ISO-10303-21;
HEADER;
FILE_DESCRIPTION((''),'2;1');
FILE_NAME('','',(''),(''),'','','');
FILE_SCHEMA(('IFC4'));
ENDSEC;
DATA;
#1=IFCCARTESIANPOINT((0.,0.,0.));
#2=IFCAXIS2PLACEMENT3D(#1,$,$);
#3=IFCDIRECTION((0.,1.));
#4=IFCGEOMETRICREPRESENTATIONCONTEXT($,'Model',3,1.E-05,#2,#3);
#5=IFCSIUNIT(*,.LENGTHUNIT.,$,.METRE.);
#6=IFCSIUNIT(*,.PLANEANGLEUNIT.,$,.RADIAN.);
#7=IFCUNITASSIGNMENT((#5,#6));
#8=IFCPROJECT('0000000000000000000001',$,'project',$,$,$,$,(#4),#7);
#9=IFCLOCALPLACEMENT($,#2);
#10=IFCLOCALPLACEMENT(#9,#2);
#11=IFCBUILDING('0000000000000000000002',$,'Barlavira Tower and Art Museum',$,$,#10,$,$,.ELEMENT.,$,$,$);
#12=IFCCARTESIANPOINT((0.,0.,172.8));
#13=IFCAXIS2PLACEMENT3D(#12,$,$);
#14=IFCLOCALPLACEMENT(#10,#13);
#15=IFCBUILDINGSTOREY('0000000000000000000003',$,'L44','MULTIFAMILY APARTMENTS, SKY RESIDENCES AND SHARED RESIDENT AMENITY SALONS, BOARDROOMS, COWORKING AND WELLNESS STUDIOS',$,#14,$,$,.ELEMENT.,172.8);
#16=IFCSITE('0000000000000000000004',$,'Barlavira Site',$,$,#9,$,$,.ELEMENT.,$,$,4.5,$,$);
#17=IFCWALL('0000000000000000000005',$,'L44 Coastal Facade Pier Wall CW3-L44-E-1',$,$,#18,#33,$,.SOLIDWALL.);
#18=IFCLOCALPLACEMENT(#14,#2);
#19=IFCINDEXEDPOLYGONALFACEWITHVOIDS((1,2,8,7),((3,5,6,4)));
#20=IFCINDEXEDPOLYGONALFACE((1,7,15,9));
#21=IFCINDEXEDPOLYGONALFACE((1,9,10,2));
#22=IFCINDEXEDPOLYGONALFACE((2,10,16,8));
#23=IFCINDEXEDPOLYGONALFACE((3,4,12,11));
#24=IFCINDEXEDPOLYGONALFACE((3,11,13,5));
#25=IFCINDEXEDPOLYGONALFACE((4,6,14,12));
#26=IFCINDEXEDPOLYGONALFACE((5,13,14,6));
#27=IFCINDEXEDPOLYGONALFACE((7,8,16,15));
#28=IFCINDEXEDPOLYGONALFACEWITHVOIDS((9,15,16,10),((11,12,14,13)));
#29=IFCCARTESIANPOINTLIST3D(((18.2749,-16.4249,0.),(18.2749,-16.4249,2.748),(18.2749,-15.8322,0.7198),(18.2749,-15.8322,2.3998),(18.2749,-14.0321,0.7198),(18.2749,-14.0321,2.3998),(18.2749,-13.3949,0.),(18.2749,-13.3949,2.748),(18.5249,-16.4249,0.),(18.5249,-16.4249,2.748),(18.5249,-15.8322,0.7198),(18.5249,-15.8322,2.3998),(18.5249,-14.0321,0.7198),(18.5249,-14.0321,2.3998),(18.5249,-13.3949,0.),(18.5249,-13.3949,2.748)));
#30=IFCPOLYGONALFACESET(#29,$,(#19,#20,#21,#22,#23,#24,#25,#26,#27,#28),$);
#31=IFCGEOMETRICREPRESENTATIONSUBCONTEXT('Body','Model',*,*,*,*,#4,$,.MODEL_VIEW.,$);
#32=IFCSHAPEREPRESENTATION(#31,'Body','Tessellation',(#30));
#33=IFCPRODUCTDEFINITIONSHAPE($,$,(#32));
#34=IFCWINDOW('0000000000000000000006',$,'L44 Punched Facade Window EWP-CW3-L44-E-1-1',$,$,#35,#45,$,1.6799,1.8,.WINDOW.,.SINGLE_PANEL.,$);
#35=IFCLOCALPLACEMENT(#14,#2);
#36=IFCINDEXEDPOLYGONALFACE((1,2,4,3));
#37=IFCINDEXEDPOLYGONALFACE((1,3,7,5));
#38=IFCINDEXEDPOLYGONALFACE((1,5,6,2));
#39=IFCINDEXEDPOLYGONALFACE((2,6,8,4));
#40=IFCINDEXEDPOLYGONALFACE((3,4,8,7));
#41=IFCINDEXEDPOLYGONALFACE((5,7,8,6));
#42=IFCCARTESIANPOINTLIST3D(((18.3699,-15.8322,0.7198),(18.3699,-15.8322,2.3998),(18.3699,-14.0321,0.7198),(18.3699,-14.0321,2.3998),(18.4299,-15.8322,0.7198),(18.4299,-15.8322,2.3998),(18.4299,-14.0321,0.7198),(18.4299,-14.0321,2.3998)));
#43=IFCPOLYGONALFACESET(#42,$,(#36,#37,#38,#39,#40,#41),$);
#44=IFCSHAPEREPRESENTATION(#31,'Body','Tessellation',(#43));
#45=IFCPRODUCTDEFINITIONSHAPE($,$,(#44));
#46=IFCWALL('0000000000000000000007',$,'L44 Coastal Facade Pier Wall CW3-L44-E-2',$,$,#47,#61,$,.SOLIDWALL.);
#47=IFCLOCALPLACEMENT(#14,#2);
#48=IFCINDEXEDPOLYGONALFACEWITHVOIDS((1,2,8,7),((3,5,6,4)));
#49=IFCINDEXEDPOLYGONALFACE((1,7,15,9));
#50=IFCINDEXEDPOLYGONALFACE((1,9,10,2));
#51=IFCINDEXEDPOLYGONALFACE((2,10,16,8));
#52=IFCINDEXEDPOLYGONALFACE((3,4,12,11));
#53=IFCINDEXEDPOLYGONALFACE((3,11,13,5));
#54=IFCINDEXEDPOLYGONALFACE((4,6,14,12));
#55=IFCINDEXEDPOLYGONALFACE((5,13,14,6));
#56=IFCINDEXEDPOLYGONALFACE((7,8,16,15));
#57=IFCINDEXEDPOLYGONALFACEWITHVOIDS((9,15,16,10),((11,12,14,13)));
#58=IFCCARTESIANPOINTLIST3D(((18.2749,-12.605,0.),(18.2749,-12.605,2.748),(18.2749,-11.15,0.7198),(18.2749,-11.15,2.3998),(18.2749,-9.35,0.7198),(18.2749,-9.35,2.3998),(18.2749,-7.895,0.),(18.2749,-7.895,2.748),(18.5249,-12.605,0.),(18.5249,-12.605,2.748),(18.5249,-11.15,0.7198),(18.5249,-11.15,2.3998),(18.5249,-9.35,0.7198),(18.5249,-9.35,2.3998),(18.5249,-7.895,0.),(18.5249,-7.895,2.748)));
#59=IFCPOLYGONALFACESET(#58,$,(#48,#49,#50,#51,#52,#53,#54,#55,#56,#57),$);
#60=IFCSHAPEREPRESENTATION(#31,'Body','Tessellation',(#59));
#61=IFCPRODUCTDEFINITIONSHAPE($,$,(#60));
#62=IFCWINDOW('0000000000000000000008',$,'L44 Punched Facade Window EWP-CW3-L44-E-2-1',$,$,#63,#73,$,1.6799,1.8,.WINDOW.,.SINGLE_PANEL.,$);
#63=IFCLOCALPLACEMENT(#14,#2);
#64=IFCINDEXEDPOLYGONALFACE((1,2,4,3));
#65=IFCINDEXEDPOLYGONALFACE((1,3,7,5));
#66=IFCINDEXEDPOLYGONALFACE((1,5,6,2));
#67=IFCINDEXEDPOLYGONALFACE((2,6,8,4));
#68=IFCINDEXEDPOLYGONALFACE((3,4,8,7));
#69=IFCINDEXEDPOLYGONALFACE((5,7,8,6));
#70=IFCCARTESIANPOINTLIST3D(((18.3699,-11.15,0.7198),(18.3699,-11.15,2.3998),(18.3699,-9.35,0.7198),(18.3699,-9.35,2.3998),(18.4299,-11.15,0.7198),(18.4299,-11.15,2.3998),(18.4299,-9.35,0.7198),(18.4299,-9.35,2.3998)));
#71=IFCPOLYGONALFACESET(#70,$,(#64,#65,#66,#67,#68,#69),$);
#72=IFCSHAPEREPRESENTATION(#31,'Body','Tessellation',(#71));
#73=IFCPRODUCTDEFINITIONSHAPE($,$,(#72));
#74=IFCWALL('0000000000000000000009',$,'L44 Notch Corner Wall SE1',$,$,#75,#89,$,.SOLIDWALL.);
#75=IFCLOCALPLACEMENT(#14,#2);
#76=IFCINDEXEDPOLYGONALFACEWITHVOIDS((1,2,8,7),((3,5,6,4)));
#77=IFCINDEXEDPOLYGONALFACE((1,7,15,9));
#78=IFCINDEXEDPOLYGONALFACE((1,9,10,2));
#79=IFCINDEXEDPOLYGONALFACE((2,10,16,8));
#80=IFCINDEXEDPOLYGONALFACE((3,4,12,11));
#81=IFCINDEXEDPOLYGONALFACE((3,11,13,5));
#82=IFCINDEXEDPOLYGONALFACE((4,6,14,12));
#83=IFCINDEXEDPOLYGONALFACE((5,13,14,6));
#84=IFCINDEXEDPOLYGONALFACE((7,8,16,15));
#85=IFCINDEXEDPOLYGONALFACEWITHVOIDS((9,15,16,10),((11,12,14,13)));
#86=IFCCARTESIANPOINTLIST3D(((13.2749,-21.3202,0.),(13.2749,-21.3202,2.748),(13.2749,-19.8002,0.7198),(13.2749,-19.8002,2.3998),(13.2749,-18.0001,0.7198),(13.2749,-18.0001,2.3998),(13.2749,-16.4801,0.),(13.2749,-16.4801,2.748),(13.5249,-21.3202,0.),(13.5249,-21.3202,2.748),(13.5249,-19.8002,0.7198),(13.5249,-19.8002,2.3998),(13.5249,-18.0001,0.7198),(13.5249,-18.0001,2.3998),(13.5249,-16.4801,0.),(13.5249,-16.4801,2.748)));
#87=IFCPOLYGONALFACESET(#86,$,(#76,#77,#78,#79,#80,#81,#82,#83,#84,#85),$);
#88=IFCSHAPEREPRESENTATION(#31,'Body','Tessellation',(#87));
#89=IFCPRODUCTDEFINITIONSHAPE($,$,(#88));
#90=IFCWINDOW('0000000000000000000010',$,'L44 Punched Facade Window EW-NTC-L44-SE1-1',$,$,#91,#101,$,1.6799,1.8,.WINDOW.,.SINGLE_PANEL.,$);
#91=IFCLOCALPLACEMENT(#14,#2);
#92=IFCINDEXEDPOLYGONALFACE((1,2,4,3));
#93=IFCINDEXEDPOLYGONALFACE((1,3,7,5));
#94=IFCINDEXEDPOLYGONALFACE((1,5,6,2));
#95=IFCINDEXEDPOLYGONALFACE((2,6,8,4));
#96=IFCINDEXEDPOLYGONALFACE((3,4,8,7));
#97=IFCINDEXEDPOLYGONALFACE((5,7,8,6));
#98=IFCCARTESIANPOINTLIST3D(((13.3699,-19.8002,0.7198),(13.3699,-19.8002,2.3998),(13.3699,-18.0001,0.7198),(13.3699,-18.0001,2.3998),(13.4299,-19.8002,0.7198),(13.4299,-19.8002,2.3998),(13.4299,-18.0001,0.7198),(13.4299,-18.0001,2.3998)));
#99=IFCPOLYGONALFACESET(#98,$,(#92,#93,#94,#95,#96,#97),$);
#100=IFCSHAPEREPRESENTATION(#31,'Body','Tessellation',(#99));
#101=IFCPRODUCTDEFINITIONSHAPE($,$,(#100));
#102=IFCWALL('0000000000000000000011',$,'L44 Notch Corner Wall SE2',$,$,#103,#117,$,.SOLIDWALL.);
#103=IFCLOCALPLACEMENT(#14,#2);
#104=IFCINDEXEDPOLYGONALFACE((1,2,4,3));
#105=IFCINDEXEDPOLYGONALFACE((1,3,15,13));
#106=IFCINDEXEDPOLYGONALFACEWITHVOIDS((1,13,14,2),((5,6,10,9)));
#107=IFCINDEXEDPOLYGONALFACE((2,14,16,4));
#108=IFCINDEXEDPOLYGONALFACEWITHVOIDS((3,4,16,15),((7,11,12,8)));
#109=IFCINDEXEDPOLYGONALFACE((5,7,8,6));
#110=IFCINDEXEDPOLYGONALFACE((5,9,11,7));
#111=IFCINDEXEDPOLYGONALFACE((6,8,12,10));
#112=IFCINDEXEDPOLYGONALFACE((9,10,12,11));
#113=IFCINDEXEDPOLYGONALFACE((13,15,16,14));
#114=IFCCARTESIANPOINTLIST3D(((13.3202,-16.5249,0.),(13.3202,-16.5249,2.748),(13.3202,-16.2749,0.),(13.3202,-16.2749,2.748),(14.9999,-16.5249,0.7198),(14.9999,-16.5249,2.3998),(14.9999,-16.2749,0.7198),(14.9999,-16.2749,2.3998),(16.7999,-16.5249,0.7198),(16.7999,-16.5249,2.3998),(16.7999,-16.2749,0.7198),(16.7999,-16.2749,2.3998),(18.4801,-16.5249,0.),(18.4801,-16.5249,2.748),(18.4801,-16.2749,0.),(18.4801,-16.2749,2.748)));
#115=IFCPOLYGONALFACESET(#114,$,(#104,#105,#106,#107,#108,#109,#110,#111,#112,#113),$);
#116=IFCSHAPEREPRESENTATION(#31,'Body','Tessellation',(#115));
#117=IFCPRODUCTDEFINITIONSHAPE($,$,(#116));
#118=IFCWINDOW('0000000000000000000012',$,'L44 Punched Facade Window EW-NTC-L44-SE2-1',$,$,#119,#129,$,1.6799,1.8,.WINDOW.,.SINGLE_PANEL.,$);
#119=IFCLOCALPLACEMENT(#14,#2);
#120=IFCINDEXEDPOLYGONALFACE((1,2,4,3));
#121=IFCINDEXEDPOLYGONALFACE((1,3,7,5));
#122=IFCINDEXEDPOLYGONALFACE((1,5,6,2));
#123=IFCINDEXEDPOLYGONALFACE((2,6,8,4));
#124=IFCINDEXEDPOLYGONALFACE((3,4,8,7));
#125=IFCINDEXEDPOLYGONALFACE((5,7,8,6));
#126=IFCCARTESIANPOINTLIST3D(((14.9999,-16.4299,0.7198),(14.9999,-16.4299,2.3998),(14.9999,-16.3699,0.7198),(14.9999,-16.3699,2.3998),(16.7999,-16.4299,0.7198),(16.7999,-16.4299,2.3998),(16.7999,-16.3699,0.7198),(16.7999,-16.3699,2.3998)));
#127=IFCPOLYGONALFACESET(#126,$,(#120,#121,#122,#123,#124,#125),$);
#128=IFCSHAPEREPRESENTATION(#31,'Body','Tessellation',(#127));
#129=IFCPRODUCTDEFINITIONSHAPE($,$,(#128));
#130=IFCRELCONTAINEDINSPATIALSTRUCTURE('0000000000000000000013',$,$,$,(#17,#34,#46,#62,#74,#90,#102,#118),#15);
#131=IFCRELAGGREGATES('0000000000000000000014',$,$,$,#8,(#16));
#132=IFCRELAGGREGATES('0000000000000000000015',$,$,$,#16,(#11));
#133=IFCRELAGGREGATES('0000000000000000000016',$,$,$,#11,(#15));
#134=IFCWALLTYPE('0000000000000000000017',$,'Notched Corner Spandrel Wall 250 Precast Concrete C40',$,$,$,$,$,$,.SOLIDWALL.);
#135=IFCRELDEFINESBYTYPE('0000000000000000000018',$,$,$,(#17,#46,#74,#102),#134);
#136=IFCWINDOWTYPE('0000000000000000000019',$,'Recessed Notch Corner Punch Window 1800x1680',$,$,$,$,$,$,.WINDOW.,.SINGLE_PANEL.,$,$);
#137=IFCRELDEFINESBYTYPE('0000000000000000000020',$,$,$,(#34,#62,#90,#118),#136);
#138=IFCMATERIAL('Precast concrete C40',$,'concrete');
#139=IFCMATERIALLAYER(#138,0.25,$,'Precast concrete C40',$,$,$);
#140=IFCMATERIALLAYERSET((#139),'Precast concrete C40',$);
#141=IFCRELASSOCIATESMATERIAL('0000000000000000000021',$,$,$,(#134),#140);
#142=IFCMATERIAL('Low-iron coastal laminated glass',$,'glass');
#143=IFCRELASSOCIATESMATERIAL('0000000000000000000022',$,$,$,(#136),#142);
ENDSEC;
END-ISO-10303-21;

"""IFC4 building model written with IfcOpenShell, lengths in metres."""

from ifc_helpers import new_model, si_unit, direction, frame, frame_2d, origin, place, context, subcontext, project, spatial, rectangle, extrude, material, layer, layer_set, type_object, element, fill, save


model = new_model("IFC4")

# Units and contexts
model_context = context("Model", 3, precision=1e-05, world=origin(), true_north=direction((0.0, 1.0)))
body_context = subcontext(model_context, "Body", "Model", "MODEL_VIEW")
ifc_project = project(units=[si_unit("LENGTHUNIT", "METRE"), si_unit("PLANEANGLEUNIT", "RADIAN")], contexts=[model_context])

# Site, building, storey
site_placement = place(None, origin())
site = spatial("IfcSite", under=ifc_project, at=site_placement, Name="Barlavira Site", CompositionType="ELEMENT", RefElevation=4.5)
building_placement = place(site_placement, origin())
building = spatial("IfcBuilding", under=site, at=building_placement, Name="Barlavira Tower and Art Museum", CompositionType="ELEMENT")
storey_placement = place(building_placement, frame((0.0, 0.0, 172.8)))
storey = spatial("IfcBuildingStorey", under=building, at=storey_placement, Name="L44", Description="MULTIFAMILY APARTMENTS, SKY RESIDENCES AND SHARED RESIDENT AMENITY SALONS, BOARDROOMS, COWORKING AND WELLNESS STUDIOS", CompositionType="ELEMENT", Elevation=172.8)

# Walls, openings, windows
ifc_material_1 = material(Name="Precast concrete C40", Category="concrete")
ifc_layer_1 = layer(ifc_material_1, 0.25, Name="Precast concrete C40")
ifc_layer_set_1 = layer_set([ifc_layer_1], Name="Precast concrete C40")
wall_type_1 = type_object("IfcWallType", Name="Notched Corner Spandrel Wall 250 Precast Concrete C40", PredefinedType="SOLIDWALL", material=ifc_layer_set_1)
ifc_material_2 = material(Name="Low-iron coastal laminated glass", Category="glass")
wall_1_placement = place(storey_placement, frame((18.3999, -16.425, 0.0), z_axis=(0.0, 0.0, 1.0), x_axis=(0.0, 1.0, 0.0)))
wall_1 = element("IfcWall", 1, at=wall_1_placement, inside=storey, type_object=wall_type_1, Name="L44 Coastal Facade Pier Wall CW3-L44-E-1", PredefinedType="SOLIDWALL", context=body_context, shape_type="SweptSolid", body=[
    extrude(rectangle(XDim=3.03, YDim=0.25, at=frame_2d((1.5151, 0.0))), origin(), (0.0, 0.0, 1.0), 2.748),
])
opening_1_placement = place(wall_1_placement, frame((0.593, 0.0, 0.72)))
opening_1 = element("IfcOpeningElement", 2, at=opening_1_placement, cuts=wall_1, PredefinedType="OPENING", context=body_context, shape_type="SweptSolid", body=[
    extrude(rectangle(XDim=1.8, YDim=1.6799, at=frame_2d((0.8999, 0.8398))), frame((0.0, 0.135, 0.0), z_axis=(0.0, -1.0, 0.0), x_axis=(1.0, 0.0, 0.0)), (0.0, 0.0, 1.0), 0.27),
])
window_type_1 = type_object("IfcWindowType", Name="Recessed Notch Corner Punch Window 1800x1680", PartitioningType="SINGLE_PANEL", PredefinedType="WINDOW", material=ifc_material_2)
window_1_placement = place(opening_1_placement, origin())
window_1 = element("IfcWindow", 3, at=window_1_placement, inside=storey, type_object=window_type_1, Name="L44 Punched Facade Window EWP-CW3-L44-E-1-1", OverallHeight=1.6799, OverallWidth=1.8, PartitioningType="SINGLE_PANEL", PredefinedType="WINDOW", context=body_context, shape_type="SweptSolid", body=[
    extrude(rectangle(XDim=1.8, YDim=1.6799, at=frame_2d((0.8999, 0.8398))), frame((0.0, 0.03, 0.0), z_axis=(0.0, -1.0, 0.0), x_axis=(1.0, 0.0, 0.0)), (0.0, 0.0, 1.0), 0.0601),
])
fill(opening_1, window_1)
wall_2_placement = place(storey_placement, frame((18.3999, -12.605, 0.0), z_axis=(0.0, 0.0, 1.0), x_axis=(0.0, 1.0, 0.0)))
wall_2 = element("IfcWall", 4, at=wall_2_placement, inside=storey, type_object=wall_type_1, Name="L44 Coastal Facade Pier Wall CW3-L44-E-2", PredefinedType="SOLIDWALL", context=body_context, shape_type="SweptSolid", body=[
    extrude(rectangle(XDim=4.71, YDim=0.25, at=frame_2d((2.355, 0.0))), origin(), (0.0, 0.0, 1.0), 2.748),
])
opening_2_placement = place(wall_2_placement, frame((1.4551, 0.0, 0.72)))
opening_2 = element("IfcOpeningElement", 5, at=opening_2_placement, cuts=wall_2, PredefinedType="OPENING", context=body_context, shape_type="SweptSolid", body=[
    extrude(rectangle(XDim=1.8, YDim=1.6799, at=frame_2d((0.8999, 0.8398))), frame((0.0, 0.135, 0.0), z_axis=(0.0, -1.0, 0.0), x_axis=(1.0, 0.0, 0.0)), (0.0, 0.0, 1.0), 0.27),
])
window_2_placement = place(opening_2_placement, origin())
window_2 = element("IfcWindow", 6, at=window_2_placement, inside=storey, type_object=window_type_1, Name="L44 Punched Facade Window EWP-CW3-L44-E-2-1", OverallHeight=1.6799, OverallWidth=1.8, PartitioningType="SINGLE_PANEL", PredefinedType="WINDOW", context=body_context, shape_type="SweptSolid", body=[
    extrude(rectangle(XDim=1.8, YDim=1.6799, at=frame_2d((0.8999, 0.8398))), frame((0.0, 0.03, 0.0), z_axis=(0.0, -1.0, 0.0), x_axis=(1.0, 0.0, 0.0)), (0.0, 0.0, 1.0), 0.0601),
])
fill(opening_2, window_2)
wall_3_placement = place(storey_placement, frame((13.3999, -21.3201, 0.0), z_axis=(0.0, 0.0, 1.0), x_axis=(0.0, 1.0, 0.0)))
wall_3 = element("IfcWall", 7, at=wall_3_placement, inside=storey, type_object=wall_type_1, Name="L44 Notch Corner Wall SE1", PredefinedType="SOLIDWALL", context=body_context, shape_type="SweptSolid", body=[
    extrude(rectangle(XDim=4.8401, YDim=0.25, at=frame_2d((2.4199, 0.0))), origin(), (0.0, 0.0, 1.0), 2.748),
])
opening_3_placement = place(wall_3_placement, frame((1.52, 0.0, 0.72)))
opening_3 = element("IfcOpeningElement", 8, at=opening_3_placement, cuts=wall_3, PredefinedType="OPENING", context=body_context, shape_type="SweptSolid", body=[
    extrude(rectangle(XDim=1.8, YDim=1.6799, at=frame_2d((0.8999, 0.8398))), frame((0.0, 0.135, 0.0), z_axis=(0.0, -1.0, 0.0), x_axis=(1.0, 0.0, 0.0)), (0.0, 0.0, 1.0), 0.27),
])
window_3_placement = place(opening_3_placement, origin())
window_3 = element("IfcWindow", 9, at=window_3_placement, inside=storey, type_object=window_type_1, Name="L44 Punched Facade Window EW-NTC-L44-SE1-1", OverallHeight=1.6799, OverallWidth=1.8, PartitioningType="SINGLE_PANEL", PredefinedType="WINDOW", context=body_context, shape_type="SweptSolid", body=[
    extrude(rectangle(XDim=1.8, YDim=1.6799, at=frame_2d((0.8999, 0.8398))), frame((0.0, 0.03, 0.0), z_axis=(0.0, -1.0, 0.0), x_axis=(1.0, 0.0, 0.0)), (0.0, 0.0, 1.0), 0.0601),
])
fill(opening_3, window_3)
wall_4_placement = place(storey_placement, frame((13.3201, -16.3999, 0.0), z_axis=(0.0, 0.0, 1.0), x_axis=(1.0, 0.0, 0.0)))
wall_4 = element("IfcWall", 10, at=wall_4_placement, inside=storey, type_object=wall_type_1, Name="L44 Notch Corner Wall SE2", PredefinedType="SOLIDWALL", context=body_context, shape_type="SweptSolid", body=[
    extrude(rectangle(XDim=5.1599, YDim=0.25, at=frame_2d((2.5801, 0.0))), origin(), (0.0, 0.0, 1.0), 2.748),
])
opening_4_placement = place(wall_4_placement, frame((1.6799, 0.0, 0.72)))
opening_4 = element("IfcOpeningElement", 11, at=opening_4_placement, cuts=wall_4, PredefinedType="OPENING", context=body_context, shape_type="SweptSolid", body=[
    extrude(rectangle(XDim=1.8, YDim=1.6799, at=frame_2d((0.8999, 0.8398))), frame((0.0, 0.135, 0.0), z_axis=(0.0, -1.0, 0.0), x_axis=(1.0, 0.0, 0.0)), (0.0, 0.0, 1.0), 0.27),
])
window_4_placement = place(opening_4_placement, origin())
window_4 = element("IfcWindow", 12, at=window_4_placement, inside=storey, type_object=window_type_1, Name="L44 Punched Facade Window EW-NTC-L44-SE2-1", OverallHeight=1.6799, OverallWidth=1.8, PartitioningType="SINGLE_PANEL", PredefinedType="WINDOW", context=body_context, shape_type="SweptSolid", body=[
    extrude(rectangle(XDim=1.8, YDim=1.6799, at=frame_2d((0.8999, 0.8398))), frame((0.0, 0.03, 0.0), z_axis=(0.0, -1.0, 0.0), x_axis=(1.0, 0.0, 0.0)), (0.0, 0.0, 1.0), 0.0601),
])
fill(opening_4, window_4)

save(model, "model.ifc")
